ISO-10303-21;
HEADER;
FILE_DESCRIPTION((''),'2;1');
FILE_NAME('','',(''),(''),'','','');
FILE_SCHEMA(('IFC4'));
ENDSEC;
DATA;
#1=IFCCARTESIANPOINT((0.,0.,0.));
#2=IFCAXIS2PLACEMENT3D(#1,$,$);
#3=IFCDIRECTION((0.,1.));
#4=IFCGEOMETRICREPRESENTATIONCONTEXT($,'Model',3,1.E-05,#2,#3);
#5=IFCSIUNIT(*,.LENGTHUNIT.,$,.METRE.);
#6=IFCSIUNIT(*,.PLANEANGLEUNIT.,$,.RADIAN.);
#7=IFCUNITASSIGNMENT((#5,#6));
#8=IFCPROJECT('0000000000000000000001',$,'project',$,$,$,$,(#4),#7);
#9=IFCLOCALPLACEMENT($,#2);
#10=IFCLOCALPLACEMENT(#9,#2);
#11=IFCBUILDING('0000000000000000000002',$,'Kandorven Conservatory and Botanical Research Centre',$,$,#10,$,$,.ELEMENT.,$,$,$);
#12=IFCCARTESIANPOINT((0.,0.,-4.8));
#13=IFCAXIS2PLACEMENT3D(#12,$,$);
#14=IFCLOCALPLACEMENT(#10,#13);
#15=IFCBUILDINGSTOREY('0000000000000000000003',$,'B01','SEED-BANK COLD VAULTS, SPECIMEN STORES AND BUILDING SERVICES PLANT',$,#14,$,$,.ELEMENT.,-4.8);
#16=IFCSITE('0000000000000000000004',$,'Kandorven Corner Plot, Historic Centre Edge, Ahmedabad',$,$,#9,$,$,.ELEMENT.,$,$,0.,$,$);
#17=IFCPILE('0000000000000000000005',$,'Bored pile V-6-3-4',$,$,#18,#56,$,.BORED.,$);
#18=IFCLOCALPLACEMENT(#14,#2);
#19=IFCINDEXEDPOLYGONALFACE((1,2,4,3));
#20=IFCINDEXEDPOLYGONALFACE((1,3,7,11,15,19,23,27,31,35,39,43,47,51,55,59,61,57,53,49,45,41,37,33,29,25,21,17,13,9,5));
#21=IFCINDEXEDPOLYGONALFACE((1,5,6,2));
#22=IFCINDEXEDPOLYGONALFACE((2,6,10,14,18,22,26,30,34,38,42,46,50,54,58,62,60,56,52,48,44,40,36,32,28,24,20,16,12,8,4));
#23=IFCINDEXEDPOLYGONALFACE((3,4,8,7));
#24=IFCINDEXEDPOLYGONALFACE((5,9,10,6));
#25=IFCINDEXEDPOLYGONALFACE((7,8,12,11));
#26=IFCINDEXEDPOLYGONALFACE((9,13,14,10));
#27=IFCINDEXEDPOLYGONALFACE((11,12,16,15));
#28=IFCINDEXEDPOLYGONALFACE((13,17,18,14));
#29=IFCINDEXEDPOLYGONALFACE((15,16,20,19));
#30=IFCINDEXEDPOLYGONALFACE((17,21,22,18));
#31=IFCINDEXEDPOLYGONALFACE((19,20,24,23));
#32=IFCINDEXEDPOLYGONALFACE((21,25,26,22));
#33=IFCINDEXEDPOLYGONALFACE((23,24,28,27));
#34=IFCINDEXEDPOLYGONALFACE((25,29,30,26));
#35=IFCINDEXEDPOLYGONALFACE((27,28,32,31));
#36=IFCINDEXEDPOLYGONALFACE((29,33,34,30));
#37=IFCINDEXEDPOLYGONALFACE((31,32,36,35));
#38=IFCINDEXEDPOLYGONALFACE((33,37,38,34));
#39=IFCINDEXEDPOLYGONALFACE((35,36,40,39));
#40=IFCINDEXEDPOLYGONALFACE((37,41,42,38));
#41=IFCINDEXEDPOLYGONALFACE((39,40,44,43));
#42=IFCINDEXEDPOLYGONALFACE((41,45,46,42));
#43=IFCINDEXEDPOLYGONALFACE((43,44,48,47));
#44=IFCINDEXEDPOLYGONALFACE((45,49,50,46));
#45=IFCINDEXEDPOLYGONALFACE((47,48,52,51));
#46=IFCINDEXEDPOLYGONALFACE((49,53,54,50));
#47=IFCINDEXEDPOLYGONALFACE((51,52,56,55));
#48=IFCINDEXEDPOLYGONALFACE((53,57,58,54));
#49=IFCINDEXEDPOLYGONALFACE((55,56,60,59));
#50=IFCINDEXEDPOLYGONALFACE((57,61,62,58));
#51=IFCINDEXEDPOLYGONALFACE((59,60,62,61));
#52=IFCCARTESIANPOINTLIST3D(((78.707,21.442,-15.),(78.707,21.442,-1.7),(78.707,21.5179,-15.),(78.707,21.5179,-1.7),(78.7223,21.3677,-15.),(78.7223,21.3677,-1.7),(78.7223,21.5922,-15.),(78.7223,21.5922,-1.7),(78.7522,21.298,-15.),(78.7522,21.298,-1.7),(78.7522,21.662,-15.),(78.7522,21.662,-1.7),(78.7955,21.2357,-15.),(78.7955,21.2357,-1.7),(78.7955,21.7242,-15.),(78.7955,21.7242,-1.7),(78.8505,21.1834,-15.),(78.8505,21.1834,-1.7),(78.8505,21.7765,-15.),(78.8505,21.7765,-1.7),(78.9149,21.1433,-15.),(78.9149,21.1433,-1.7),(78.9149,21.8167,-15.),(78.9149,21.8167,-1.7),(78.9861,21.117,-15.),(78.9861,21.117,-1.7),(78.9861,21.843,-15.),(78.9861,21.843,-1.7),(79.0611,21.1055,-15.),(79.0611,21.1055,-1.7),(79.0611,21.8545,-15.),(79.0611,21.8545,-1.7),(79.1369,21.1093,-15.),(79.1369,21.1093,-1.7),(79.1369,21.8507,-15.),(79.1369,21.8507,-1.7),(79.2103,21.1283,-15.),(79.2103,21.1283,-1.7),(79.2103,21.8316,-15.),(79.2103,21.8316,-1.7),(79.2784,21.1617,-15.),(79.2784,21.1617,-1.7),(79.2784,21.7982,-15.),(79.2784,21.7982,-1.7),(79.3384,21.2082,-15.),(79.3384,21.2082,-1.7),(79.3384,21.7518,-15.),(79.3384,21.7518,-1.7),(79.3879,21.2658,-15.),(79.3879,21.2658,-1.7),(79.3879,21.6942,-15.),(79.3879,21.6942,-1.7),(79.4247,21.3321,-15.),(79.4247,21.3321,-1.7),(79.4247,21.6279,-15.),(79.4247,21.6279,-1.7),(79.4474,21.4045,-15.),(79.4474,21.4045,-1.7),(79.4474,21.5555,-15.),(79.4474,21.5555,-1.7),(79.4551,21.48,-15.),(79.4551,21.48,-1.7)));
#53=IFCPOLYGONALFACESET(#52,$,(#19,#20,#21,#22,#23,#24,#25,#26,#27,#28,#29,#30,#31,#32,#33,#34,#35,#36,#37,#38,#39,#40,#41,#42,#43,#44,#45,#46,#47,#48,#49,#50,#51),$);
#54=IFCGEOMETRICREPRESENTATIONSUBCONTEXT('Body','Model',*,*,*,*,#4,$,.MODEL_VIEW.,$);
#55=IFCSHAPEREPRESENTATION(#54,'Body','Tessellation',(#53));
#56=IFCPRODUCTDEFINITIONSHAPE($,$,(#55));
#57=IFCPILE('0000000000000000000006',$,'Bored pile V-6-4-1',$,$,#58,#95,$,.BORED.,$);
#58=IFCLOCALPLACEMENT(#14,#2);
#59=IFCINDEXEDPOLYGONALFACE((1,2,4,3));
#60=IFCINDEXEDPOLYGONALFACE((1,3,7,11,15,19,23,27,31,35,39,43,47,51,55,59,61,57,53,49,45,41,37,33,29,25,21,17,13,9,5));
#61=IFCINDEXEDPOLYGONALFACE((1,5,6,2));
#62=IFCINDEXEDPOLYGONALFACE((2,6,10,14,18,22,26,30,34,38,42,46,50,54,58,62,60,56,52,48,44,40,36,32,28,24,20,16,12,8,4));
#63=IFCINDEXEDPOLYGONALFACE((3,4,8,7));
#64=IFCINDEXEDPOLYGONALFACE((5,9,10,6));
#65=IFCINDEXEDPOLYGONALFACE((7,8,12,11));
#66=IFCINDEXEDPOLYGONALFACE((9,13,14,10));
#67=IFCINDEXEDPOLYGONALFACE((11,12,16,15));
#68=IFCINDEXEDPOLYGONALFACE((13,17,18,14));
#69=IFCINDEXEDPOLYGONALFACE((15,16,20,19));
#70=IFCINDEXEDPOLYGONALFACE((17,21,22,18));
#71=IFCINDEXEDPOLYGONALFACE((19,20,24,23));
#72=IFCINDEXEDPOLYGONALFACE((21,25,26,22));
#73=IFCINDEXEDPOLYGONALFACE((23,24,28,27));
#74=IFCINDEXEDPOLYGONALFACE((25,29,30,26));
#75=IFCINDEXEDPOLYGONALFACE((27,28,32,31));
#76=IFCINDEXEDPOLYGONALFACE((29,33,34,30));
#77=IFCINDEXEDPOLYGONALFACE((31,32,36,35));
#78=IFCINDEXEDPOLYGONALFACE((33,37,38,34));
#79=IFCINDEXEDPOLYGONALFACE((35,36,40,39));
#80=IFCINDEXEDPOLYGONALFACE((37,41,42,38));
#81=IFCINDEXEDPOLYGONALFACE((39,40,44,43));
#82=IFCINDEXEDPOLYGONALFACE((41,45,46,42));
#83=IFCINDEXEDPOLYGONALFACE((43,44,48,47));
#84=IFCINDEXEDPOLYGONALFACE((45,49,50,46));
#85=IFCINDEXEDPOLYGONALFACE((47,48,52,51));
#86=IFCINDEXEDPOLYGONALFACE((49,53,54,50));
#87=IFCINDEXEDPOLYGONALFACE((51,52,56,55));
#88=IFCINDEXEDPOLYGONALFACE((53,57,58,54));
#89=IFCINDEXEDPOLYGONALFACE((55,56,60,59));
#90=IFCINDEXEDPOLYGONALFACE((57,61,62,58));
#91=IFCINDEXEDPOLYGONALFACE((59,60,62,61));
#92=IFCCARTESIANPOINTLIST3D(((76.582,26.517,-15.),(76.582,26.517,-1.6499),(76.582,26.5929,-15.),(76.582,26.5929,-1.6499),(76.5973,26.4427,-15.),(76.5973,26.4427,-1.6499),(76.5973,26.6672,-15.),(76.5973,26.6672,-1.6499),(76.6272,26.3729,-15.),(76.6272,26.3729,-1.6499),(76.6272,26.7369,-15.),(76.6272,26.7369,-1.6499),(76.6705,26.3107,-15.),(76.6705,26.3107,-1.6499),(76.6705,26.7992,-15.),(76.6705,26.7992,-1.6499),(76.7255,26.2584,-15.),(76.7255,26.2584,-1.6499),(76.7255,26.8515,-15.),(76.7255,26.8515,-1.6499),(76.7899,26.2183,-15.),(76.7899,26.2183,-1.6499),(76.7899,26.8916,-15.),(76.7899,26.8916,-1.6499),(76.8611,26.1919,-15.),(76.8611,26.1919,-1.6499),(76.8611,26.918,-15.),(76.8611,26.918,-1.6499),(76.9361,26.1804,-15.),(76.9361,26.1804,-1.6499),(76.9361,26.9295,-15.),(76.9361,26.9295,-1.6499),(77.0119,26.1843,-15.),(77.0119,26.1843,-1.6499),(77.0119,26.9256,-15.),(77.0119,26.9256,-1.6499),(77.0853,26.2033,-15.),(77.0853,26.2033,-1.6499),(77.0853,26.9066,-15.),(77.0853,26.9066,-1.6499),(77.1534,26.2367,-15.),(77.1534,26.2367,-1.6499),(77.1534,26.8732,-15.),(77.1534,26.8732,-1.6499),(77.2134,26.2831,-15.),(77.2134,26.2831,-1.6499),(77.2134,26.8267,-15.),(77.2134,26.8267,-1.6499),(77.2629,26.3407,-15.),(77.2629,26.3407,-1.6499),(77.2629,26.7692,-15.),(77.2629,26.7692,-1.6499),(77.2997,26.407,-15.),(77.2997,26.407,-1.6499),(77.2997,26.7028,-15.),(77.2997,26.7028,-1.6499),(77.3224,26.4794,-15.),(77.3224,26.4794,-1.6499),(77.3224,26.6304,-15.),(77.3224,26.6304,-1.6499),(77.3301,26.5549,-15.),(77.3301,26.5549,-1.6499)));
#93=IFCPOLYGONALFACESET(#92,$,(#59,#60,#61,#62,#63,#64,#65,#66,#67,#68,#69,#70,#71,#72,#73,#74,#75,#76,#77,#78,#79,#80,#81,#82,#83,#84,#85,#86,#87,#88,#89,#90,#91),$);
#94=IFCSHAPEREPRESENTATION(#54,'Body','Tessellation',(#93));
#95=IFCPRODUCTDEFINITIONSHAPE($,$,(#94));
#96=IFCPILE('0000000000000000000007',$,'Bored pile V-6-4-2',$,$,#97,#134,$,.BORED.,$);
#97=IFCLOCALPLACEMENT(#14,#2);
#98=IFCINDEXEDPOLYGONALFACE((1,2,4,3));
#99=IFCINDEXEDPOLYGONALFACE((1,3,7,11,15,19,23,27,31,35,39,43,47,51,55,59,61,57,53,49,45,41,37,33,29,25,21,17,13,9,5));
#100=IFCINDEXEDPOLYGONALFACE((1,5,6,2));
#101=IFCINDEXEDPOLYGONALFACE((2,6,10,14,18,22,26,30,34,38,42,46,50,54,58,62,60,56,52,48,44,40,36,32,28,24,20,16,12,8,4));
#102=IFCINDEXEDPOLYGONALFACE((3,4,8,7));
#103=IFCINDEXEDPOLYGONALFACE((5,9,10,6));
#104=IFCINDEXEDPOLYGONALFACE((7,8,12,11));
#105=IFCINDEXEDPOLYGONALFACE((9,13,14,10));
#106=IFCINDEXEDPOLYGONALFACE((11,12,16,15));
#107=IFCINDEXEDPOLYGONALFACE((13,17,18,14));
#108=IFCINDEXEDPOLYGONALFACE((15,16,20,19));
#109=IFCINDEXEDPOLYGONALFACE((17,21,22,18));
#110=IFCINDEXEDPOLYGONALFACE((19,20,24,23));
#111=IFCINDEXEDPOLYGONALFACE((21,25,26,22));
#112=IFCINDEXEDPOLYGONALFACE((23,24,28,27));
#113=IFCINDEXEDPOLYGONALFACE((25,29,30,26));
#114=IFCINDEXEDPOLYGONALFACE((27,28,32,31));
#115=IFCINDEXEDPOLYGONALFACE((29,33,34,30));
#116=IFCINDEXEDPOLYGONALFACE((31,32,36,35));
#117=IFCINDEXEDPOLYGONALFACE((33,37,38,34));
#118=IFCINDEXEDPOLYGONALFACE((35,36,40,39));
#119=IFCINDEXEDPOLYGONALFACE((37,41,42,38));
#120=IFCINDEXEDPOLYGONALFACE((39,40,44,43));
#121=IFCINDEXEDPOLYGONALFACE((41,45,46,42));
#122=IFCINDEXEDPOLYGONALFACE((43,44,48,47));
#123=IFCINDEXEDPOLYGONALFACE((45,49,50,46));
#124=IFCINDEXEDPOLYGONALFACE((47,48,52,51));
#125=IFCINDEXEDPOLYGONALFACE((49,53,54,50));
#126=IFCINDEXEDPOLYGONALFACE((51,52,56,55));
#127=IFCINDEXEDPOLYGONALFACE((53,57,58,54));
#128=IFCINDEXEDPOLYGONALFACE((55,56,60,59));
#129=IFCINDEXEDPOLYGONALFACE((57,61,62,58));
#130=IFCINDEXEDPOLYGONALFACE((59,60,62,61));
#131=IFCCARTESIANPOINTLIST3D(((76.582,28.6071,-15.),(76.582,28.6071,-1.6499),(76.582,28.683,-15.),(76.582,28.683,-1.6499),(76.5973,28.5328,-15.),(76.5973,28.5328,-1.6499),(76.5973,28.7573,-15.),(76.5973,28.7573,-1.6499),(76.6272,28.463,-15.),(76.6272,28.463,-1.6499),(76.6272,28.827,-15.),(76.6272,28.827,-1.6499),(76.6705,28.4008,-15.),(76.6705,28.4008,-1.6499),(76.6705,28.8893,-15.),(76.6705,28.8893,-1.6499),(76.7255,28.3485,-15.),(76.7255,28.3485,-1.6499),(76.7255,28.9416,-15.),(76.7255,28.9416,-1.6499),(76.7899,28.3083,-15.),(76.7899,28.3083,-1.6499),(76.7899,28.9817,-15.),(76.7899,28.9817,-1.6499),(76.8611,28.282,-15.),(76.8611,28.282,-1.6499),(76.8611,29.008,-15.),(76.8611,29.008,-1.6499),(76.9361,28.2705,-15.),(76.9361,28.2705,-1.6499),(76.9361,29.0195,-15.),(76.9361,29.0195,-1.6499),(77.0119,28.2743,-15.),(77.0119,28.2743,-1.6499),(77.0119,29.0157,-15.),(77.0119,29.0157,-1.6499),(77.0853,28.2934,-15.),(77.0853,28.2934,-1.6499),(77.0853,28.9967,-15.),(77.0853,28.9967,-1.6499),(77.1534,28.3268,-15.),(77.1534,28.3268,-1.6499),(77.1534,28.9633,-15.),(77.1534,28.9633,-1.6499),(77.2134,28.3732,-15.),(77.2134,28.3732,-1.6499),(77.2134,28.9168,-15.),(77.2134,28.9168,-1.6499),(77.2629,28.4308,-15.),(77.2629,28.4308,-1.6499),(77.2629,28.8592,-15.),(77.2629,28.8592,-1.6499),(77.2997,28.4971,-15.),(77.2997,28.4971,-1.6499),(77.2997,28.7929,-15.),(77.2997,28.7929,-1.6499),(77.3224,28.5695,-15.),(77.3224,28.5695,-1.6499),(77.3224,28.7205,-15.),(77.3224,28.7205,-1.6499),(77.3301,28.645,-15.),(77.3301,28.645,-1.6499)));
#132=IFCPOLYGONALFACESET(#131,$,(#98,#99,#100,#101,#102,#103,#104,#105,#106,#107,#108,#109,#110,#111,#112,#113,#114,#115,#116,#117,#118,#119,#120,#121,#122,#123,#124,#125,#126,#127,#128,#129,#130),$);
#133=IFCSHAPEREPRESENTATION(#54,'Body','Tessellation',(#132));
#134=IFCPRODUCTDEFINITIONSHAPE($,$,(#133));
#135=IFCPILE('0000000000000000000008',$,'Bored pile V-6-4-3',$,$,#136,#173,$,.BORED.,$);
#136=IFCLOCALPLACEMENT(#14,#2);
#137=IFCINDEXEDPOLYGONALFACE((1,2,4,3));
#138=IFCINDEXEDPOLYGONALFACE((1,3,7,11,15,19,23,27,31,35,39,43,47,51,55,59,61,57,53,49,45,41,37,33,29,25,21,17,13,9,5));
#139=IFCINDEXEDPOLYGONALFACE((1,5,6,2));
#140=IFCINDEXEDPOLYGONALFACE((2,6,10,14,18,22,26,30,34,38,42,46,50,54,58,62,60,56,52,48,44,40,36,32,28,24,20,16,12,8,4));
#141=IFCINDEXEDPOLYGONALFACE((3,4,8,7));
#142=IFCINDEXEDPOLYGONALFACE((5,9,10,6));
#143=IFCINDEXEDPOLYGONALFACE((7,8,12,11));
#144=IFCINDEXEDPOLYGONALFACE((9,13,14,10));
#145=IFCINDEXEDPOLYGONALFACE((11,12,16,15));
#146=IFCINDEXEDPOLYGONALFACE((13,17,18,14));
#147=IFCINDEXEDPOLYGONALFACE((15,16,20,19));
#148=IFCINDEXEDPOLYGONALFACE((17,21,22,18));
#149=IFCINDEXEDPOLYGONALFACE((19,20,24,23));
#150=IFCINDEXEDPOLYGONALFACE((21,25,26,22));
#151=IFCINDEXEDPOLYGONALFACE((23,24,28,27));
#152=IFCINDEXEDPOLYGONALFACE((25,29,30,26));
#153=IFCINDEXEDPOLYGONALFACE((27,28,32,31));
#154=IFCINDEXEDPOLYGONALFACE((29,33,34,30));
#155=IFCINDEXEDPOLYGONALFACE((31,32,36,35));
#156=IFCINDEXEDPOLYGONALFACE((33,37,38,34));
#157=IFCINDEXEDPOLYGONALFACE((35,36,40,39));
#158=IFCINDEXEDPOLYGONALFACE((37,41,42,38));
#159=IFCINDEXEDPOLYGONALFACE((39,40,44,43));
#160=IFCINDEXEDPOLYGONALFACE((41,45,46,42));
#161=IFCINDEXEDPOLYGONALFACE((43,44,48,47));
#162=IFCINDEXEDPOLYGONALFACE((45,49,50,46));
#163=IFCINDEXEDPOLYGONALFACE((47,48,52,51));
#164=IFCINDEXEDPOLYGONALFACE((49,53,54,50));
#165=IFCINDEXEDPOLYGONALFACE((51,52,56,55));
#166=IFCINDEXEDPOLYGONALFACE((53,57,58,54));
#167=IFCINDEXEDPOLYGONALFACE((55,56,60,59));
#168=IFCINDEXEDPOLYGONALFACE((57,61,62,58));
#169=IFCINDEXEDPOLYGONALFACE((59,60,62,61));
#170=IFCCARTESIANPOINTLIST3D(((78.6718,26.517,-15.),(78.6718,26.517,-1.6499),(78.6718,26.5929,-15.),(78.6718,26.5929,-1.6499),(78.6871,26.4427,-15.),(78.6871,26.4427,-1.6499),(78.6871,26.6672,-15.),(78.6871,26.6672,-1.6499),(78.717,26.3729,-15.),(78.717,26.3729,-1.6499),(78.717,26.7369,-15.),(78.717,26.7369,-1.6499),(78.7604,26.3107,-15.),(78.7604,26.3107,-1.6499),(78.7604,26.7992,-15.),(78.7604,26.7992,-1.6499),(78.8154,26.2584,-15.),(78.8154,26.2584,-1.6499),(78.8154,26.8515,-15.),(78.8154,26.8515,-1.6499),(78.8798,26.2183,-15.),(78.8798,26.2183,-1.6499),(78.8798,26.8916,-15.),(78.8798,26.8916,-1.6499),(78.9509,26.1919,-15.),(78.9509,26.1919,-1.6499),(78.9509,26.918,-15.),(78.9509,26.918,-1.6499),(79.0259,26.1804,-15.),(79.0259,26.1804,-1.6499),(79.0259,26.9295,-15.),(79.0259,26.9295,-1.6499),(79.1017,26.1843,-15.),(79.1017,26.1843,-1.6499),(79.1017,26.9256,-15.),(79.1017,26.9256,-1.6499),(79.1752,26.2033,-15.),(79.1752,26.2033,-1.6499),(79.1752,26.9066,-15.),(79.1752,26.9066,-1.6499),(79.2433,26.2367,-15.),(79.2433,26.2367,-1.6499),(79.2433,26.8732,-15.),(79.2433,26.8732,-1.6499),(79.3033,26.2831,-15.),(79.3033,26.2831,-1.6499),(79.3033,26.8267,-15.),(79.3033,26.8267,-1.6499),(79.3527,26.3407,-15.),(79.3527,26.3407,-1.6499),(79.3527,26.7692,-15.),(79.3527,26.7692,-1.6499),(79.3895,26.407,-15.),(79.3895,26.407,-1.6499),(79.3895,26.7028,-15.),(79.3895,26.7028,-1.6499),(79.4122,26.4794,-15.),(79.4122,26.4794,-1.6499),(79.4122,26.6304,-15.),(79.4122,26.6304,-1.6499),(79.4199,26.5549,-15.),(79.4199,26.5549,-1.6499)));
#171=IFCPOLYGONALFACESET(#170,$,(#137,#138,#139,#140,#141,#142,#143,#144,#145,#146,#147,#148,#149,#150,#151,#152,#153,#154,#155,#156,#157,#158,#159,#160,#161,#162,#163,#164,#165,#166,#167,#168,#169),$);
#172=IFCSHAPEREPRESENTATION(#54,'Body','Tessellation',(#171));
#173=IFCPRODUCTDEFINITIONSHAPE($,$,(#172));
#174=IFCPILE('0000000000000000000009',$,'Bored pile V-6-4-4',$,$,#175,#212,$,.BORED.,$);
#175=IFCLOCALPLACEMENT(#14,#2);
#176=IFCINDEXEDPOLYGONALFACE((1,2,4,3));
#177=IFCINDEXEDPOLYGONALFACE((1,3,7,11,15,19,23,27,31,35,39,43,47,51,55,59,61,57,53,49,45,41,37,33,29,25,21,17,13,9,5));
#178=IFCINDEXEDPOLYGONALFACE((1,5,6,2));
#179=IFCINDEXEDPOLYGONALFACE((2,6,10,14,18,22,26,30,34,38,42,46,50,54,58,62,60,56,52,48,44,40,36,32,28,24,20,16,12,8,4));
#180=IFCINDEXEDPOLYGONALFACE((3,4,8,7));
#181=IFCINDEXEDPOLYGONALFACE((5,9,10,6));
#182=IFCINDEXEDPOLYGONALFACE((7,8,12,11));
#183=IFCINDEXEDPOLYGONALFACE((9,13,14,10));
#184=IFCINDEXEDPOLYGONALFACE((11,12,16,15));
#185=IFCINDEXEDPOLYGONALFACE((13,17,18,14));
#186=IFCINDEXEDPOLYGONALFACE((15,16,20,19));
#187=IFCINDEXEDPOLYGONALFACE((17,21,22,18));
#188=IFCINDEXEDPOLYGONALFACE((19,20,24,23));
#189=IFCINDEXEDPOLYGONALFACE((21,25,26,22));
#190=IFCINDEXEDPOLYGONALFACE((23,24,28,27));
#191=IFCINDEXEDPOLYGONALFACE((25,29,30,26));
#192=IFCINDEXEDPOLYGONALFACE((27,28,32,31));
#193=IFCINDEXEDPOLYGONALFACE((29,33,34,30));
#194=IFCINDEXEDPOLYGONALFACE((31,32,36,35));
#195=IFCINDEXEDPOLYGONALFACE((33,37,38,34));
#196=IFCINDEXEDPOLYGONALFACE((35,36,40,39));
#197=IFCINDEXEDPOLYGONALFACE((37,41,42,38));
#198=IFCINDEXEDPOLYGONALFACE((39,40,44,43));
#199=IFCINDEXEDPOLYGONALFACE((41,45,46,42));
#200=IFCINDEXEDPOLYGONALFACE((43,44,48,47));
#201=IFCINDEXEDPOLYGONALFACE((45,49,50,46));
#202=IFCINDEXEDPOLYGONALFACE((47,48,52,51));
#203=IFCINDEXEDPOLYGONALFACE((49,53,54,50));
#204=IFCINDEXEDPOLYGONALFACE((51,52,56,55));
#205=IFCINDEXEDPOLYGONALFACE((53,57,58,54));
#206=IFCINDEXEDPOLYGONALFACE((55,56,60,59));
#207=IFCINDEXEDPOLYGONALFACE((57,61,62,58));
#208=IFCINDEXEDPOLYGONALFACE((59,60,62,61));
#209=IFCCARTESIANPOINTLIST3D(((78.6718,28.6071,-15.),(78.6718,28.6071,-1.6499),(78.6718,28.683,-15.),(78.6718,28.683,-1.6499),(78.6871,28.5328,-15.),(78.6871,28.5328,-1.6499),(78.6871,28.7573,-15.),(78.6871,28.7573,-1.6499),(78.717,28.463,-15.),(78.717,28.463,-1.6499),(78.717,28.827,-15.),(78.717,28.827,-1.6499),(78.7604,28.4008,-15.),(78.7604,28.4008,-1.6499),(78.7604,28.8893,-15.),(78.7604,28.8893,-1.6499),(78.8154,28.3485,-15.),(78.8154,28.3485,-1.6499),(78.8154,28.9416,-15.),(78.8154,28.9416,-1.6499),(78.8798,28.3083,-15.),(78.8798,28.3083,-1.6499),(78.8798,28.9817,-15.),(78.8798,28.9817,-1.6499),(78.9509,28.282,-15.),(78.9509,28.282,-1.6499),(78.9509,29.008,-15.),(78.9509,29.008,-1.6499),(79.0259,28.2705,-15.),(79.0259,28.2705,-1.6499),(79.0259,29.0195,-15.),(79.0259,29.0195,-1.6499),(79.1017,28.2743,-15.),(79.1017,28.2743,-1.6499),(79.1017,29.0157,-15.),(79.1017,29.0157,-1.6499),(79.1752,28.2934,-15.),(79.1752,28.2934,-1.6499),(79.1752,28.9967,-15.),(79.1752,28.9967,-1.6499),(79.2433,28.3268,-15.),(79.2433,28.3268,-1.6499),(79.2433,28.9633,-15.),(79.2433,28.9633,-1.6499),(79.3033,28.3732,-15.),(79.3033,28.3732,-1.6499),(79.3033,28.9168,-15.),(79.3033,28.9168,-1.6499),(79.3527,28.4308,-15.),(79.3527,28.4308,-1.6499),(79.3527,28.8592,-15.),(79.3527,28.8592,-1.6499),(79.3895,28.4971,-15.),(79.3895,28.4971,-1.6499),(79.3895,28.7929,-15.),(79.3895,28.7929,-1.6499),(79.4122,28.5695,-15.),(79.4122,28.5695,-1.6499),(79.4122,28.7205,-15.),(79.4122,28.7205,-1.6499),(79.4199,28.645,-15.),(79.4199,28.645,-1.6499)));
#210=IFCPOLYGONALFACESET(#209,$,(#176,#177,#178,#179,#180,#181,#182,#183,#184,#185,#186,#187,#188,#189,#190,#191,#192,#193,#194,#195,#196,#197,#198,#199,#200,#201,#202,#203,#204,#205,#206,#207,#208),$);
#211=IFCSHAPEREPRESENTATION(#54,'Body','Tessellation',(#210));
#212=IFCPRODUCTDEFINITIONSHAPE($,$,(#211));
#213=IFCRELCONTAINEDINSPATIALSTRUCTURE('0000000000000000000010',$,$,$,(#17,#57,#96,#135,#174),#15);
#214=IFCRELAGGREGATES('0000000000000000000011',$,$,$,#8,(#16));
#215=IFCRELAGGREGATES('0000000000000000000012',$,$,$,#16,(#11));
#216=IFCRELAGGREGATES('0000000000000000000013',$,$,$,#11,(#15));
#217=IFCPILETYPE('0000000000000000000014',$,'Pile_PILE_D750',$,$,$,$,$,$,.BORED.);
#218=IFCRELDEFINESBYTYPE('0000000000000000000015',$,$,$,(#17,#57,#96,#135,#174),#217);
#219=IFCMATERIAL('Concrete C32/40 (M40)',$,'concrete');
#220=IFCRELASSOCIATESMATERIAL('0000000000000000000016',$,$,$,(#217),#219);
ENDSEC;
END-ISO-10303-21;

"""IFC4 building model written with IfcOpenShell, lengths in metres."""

from ifc_helpers import new_model, si_unit, direction, frame, origin, origin_2d, place, context, subcontext, project, spatial, circle, extrude, material, material_profile, profile_set, type_object, element, save


model = new_model("IFC4")

# Units and contexts
model_context = context("Model", 3, precision=1e-05, world=origin(), true_north=direction((0.0, 1.0)))
body_context = subcontext(model_context, "Body", "Model", "MODEL_VIEW")
ifc_project = project(units=[si_unit("LENGTHUNIT", "METRE"), si_unit("PLANEANGLEUNIT", "RADIAN")], contexts=[model_context])

# Site, building, storey
site_placement = place(None, origin())
site = spatial("IfcSite", under=ifc_project, at=site_placement, Name="Kandorven Corner Plot, Historic Centre Edge, Ahmedabad", CompositionType="ELEMENT", RefElevation=0.0)
building_placement = place(site_placement, origin())
building = spatial("IfcBuilding", under=site, at=building_placement, Name="Kandorven Conservatory and Botanical Research Centre", CompositionType="ELEMENT")
storey_placement = place(building_placement, frame((0.0, 0.0, -4.8)))
storey = spatial("IfcBuildingStorey", under=building, at=storey_placement, Name="B01", Description="SEED-BANK COLD VAULTS, SPECIMEN STORES AND BUILDING SERVICES PLANT", CompositionType="ELEMENT", Elevation=-4.8)

# Piles
ifc_material_1 = material(Name="Concrete C32/40 (M40)", Category="concrete")
ifc_material_profile_1 = material_profile(ifc_material_1, circle(Radius=0.375, at=origin_2d()))
ifc_profile_set_1 = profile_set([ifc_material_profile_1], Name="Concrete C32/40 (M40)")
pile_type = type_object("IfcPileType", Name="Pile_PILE_D750", PredefinedType="BORED", material=ifc_profile_set_1)
for number, where, z_axis, x_axis, name in (
    (1, (79.0801, 21.48, -1.7), (0.0, 0.0, -1.0), (1.0, 0.0, 0.0), "Bored pile V-6-3-4"),
):
    element("IfcPile", number, at=place(storey_placement, frame(where, z_axis=z_axis, x_axis=x_axis)), inside=storey, type_object=pile_type, Name=name, PredefinedType="BORED", context=body_context, shape_type="SweptSolid", body=[
        extrude(circle(Radius=0.375, at=origin_2d()), origin(), (0.0, 0.0, 1.0), 13.3),
    ])
for number, where, z_axis, x_axis, name in (
    (2, (76.9551, 26.5549, -1.6499), (0.0, 0.0, -1.0), (1.0, 0.0, 0.0), "Bored pile V-6-4-1"),
    (3, (76.9551, 28.645, -1.6499), (0.0, 0.0, -1.0), (1.0, 0.0, 0.0), "Bored pile V-6-4-2"),
    (4, (79.0449, 26.5549, -1.6499), (0.0, 0.0, -1.0), (1.0, 0.0, 0.0), "Bored pile V-6-4-3"),
    (5, (79.0449, 28.645, -1.6499), (0.0, 0.0, -1.0), (1.0, 0.0, 0.0), "Bored pile V-6-4-4"),
):
    element("IfcPile", number, at=place(storey_placement, frame(where, z_axis=z_axis, x_axis=x_axis)), inside=storey, type_object=pile_type, Name=name, PredefinedType="BORED", context=body_context, shape_type="SweptSolid", body=[
        extrude(circle(Radius=0.375, at=origin_2d()), origin(), (0.0, 0.0, 1.0), 13.3501),
    ])

save(model, "model.ifc")
